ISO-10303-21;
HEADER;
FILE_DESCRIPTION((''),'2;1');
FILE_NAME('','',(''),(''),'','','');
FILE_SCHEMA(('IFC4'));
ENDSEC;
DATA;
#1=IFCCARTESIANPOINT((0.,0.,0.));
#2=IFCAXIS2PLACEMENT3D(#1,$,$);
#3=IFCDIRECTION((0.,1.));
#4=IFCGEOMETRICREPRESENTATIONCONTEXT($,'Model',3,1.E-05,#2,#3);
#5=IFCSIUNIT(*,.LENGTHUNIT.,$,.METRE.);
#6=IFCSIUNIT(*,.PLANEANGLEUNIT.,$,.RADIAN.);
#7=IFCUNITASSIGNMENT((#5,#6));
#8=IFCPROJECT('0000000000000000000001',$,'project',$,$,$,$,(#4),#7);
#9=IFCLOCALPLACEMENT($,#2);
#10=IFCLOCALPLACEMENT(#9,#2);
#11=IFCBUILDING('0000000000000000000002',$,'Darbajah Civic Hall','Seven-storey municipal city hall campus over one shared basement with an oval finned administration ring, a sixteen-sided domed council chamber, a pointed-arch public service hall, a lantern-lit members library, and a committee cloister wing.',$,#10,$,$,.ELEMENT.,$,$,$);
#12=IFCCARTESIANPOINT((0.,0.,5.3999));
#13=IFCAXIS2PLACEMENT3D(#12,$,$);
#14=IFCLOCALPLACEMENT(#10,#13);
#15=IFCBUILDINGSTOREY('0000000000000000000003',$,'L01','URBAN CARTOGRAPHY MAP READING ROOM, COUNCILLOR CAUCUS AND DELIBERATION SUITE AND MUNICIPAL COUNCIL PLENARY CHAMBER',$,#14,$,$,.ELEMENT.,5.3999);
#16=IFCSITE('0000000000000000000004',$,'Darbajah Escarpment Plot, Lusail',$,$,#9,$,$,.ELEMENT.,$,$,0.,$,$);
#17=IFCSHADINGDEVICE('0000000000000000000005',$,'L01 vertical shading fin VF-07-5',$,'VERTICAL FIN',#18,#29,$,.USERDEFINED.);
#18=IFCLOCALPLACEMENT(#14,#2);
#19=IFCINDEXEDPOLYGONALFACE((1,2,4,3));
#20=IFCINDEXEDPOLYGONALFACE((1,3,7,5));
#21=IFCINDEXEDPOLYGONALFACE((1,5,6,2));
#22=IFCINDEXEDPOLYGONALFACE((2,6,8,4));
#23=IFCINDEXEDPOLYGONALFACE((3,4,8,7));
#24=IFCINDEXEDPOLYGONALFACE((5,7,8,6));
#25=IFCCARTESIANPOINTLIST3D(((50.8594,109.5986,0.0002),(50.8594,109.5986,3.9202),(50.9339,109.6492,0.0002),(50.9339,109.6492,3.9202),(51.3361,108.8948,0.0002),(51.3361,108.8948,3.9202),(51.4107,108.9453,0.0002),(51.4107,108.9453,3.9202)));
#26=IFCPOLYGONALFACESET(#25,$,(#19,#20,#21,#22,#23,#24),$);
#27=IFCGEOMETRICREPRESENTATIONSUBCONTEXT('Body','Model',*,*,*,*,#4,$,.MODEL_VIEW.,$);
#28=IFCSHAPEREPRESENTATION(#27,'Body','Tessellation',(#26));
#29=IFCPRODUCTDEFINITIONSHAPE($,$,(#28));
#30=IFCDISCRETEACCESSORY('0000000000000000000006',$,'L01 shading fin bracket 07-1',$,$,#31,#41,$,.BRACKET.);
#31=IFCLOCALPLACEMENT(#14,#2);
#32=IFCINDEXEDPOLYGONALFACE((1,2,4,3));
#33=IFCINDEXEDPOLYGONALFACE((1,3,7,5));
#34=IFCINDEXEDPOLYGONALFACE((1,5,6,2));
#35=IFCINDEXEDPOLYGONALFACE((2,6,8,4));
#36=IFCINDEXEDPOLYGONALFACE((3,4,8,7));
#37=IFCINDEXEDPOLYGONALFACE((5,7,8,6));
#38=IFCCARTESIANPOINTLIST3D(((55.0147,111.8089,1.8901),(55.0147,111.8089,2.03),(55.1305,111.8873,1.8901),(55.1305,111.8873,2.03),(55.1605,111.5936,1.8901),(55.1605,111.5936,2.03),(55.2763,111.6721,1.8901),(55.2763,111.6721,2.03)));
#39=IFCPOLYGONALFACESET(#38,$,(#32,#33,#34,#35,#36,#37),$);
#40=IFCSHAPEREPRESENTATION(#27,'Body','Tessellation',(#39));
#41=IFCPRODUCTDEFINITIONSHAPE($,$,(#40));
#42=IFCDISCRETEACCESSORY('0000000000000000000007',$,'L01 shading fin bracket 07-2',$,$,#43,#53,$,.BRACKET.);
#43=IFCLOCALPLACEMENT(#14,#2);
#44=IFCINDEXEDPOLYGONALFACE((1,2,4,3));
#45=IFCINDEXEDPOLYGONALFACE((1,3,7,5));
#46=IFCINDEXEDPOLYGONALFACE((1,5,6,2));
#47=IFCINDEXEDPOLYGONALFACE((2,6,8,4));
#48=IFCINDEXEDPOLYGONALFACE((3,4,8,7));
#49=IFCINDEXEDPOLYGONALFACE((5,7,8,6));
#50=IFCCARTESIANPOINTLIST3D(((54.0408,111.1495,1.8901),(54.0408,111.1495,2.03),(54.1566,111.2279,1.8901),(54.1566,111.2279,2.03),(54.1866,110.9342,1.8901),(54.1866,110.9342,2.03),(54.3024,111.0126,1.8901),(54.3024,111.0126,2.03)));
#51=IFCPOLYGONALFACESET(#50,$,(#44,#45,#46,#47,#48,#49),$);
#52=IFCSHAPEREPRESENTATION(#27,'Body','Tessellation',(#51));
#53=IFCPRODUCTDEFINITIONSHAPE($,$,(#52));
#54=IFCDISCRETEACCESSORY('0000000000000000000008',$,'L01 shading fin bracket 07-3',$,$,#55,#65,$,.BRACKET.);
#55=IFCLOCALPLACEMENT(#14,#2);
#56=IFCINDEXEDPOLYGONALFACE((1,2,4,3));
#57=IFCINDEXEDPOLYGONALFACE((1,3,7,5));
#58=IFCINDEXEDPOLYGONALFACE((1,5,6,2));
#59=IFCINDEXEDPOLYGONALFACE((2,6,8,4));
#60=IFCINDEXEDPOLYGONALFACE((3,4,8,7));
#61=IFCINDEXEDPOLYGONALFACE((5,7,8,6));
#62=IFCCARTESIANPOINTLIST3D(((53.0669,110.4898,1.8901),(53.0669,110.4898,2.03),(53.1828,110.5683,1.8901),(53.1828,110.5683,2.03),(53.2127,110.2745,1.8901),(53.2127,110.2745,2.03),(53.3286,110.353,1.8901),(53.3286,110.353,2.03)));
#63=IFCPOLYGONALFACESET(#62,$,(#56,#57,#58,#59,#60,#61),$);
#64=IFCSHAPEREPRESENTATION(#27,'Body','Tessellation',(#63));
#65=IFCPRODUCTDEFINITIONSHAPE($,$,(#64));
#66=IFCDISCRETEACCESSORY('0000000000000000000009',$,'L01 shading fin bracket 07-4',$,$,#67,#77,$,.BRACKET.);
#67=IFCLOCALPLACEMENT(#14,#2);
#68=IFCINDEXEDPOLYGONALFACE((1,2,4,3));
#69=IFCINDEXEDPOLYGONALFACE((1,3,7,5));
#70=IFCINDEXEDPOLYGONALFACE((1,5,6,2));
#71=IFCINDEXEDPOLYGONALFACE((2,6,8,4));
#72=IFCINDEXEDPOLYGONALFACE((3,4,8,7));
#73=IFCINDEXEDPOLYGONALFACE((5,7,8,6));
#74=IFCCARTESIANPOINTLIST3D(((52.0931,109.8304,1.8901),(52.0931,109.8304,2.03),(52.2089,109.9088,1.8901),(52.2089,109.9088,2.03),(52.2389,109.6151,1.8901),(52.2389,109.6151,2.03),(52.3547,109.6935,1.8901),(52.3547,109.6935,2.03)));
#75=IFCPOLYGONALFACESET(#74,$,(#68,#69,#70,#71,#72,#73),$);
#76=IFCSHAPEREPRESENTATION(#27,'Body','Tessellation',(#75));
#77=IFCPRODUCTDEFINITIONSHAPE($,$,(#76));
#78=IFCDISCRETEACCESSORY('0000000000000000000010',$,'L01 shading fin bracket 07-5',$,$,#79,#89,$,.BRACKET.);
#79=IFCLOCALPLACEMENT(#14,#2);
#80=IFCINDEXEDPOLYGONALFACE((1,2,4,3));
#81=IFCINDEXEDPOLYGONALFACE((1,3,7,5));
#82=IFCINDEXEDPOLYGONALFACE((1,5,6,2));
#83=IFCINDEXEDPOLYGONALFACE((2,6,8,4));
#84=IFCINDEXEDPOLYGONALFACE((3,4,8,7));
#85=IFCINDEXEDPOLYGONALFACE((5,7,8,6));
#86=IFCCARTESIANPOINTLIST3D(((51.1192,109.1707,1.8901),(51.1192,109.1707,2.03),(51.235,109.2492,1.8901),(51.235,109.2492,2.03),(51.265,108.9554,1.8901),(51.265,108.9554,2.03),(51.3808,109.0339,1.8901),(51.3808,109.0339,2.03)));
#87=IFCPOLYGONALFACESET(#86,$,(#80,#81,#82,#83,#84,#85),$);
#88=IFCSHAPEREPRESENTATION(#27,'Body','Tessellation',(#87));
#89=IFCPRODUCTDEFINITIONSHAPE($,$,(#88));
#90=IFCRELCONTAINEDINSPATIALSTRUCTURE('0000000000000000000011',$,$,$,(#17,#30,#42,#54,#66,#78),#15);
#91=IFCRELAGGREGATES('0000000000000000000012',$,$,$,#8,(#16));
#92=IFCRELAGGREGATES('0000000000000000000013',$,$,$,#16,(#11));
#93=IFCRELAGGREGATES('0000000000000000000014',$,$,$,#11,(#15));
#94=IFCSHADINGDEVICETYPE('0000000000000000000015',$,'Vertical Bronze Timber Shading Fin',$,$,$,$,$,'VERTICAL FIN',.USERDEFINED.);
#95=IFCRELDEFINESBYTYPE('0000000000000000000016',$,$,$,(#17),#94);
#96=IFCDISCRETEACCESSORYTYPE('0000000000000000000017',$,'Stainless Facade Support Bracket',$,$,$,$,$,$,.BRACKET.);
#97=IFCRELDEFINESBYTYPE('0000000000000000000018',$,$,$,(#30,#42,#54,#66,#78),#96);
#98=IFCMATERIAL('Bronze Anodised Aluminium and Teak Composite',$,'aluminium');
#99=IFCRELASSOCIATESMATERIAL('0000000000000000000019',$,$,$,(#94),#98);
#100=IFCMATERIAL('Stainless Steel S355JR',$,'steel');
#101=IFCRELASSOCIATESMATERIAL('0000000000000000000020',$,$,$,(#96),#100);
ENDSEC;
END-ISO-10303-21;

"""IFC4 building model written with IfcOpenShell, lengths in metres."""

from ifc_helpers import new_model, si_unit, direction, frame, origin, origin_2d, place, context, subcontext, project, spatial, rectangle, extrude, material, type_object, element, save


model = new_model("IFC4")

# Units and contexts
model_context = context("Model", 3, precision=1e-05, world=origin(), true_north=direction((0.0, 1.0)))
body_context = subcontext(model_context, "Body", "Model", "MODEL_VIEW")
ifc_project = project(units=[si_unit("LENGTHUNIT", "METRE"), si_unit("PLANEANGLEUNIT", "RADIAN")], contexts=[model_context])

# Site, building, storey
site_placement = place(None, origin())
site = spatial("IfcSite", under=ifc_project, at=site_placement, Name="Darbajah Escarpment Plot, Lusail", CompositionType="ELEMENT", RefElevation=0.0)
building_placement = place(site_placement, origin())
building = spatial("IfcBuilding", under=site, at=building_placement, Name="Darbajah Civic Hall", Description="Seven-storey municipal city hall campus over one shared basement with an oval finned administration ring, a sixteen-sided domed council chamber, a pointed-arch public service hall, a lantern-lit members library, and a committee cloister wing.", CompositionType="ELEMENT")
storey_placement = place(building_placement, frame((0.0, 0.0, 5.3999)))
storey = spatial("IfcBuildingStorey", under=building, at=storey_placement, Name="L01", Description="URBAN CARTOGRAPHY MAP READING ROOM, COUNCILLOR CAUCUS AND DELIBERATION SUITE AND MUNICIPAL COUNCIL PLENARY CHAMBER", CompositionType="ELEMENT", Elevation=5.3999)

# Shading device
ifc_material_1 = material(Name="Bronze Anodised Aluminium and Teak Composite", Category="aluminium")
shading_device_type = type_object("IfcShadingDeviceType", Name="Vertical Bronze Timber Shading Fin", ElementType="VERTICAL FIN", PredefinedType="USERDEFINED", material=ifc_material_1)
for number, where, z_axis, x_axis, name in (
    (1, (51.135, 109.272, 0.0002), (0.0, 0.0, 1.0), (-0.560784, 0.827962, 0.0), "L01 vertical shading fin VF-07-5"),
):
    element("IfcShadingDevice", number, at=place(storey_placement, frame(where, z_axis=z_axis, x_axis=x_axis)), inside=storey, type_object=shading_device_type, Name=name, ObjectType="VERTICAL FIN", PredefinedType="USERDEFINED", context=body_context, shape_type="SweptSolid", body=[
        extrude(rectangle(XDim=0.8501, YDim=0.0901, at=origin_2d()), origin(), (0.0, 0.0, 1.0), 3.9199),
    ])

# Discrete accessories
ifc_material_2 = material(Name="Stainless Steel S355JR", Category="steel")
discrete_accessory_type = type_object("IfcDiscreteAccessoryType", Name="Stainless Facade Support Bracket", PredefinedType="BRACKET", material=ifc_material_2)
for number, where, z_axis, x_axis, name in (
    (2, (55.1455, 111.7405, 1.8901), (0.0, 0.0, 1.0), (-0.560784, 0.827962, 0.0), "L01 shading fin bracket 07-1"),
    (3, (54.1716, 111.0811, 1.8901), (0.0, 0.0, 1.0), (-0.560784, 0.827962, 0.0), "L01 shading fin bracket 07-2"),
    (4, (53.1978, 110.4214, 1.8901), (0.0, 0.0, 1.0), (-0.560784, 0.827962, 0.0), "L01 shading fin bracket 07-3"),
    (5, (52.2239, 109.762, 1.8901), (0.0, 0.0, 1.0), (-0.560784, 0.827962, 0.0), "L01 shading fin bracket 07-4"),
    (6, (51.25, 109.1023, 1.8901), (0.0, 0.0, 1.0), (-0.560784, 0.827962, 0.0), "L01 shading fin bracket 07-5"),
):
    element("IfcDiscreteAccessory", number, at=place(storey_placement, frame(where, z_axis=z_axis, x_axis=x_axis)), inside=storey, type_object=discrete_accessory_type, Name=name, PredefinedType="BRACKET", context=body_context, shape_type="SweptSolid", body=[
        extrude(rectangle(XDim=0.26, YDim=0.1399, at=origin_2d()), origin(), (0.0, 0.0, 1.0), 0.1399),
    ])

save(model, "model.ifc")
